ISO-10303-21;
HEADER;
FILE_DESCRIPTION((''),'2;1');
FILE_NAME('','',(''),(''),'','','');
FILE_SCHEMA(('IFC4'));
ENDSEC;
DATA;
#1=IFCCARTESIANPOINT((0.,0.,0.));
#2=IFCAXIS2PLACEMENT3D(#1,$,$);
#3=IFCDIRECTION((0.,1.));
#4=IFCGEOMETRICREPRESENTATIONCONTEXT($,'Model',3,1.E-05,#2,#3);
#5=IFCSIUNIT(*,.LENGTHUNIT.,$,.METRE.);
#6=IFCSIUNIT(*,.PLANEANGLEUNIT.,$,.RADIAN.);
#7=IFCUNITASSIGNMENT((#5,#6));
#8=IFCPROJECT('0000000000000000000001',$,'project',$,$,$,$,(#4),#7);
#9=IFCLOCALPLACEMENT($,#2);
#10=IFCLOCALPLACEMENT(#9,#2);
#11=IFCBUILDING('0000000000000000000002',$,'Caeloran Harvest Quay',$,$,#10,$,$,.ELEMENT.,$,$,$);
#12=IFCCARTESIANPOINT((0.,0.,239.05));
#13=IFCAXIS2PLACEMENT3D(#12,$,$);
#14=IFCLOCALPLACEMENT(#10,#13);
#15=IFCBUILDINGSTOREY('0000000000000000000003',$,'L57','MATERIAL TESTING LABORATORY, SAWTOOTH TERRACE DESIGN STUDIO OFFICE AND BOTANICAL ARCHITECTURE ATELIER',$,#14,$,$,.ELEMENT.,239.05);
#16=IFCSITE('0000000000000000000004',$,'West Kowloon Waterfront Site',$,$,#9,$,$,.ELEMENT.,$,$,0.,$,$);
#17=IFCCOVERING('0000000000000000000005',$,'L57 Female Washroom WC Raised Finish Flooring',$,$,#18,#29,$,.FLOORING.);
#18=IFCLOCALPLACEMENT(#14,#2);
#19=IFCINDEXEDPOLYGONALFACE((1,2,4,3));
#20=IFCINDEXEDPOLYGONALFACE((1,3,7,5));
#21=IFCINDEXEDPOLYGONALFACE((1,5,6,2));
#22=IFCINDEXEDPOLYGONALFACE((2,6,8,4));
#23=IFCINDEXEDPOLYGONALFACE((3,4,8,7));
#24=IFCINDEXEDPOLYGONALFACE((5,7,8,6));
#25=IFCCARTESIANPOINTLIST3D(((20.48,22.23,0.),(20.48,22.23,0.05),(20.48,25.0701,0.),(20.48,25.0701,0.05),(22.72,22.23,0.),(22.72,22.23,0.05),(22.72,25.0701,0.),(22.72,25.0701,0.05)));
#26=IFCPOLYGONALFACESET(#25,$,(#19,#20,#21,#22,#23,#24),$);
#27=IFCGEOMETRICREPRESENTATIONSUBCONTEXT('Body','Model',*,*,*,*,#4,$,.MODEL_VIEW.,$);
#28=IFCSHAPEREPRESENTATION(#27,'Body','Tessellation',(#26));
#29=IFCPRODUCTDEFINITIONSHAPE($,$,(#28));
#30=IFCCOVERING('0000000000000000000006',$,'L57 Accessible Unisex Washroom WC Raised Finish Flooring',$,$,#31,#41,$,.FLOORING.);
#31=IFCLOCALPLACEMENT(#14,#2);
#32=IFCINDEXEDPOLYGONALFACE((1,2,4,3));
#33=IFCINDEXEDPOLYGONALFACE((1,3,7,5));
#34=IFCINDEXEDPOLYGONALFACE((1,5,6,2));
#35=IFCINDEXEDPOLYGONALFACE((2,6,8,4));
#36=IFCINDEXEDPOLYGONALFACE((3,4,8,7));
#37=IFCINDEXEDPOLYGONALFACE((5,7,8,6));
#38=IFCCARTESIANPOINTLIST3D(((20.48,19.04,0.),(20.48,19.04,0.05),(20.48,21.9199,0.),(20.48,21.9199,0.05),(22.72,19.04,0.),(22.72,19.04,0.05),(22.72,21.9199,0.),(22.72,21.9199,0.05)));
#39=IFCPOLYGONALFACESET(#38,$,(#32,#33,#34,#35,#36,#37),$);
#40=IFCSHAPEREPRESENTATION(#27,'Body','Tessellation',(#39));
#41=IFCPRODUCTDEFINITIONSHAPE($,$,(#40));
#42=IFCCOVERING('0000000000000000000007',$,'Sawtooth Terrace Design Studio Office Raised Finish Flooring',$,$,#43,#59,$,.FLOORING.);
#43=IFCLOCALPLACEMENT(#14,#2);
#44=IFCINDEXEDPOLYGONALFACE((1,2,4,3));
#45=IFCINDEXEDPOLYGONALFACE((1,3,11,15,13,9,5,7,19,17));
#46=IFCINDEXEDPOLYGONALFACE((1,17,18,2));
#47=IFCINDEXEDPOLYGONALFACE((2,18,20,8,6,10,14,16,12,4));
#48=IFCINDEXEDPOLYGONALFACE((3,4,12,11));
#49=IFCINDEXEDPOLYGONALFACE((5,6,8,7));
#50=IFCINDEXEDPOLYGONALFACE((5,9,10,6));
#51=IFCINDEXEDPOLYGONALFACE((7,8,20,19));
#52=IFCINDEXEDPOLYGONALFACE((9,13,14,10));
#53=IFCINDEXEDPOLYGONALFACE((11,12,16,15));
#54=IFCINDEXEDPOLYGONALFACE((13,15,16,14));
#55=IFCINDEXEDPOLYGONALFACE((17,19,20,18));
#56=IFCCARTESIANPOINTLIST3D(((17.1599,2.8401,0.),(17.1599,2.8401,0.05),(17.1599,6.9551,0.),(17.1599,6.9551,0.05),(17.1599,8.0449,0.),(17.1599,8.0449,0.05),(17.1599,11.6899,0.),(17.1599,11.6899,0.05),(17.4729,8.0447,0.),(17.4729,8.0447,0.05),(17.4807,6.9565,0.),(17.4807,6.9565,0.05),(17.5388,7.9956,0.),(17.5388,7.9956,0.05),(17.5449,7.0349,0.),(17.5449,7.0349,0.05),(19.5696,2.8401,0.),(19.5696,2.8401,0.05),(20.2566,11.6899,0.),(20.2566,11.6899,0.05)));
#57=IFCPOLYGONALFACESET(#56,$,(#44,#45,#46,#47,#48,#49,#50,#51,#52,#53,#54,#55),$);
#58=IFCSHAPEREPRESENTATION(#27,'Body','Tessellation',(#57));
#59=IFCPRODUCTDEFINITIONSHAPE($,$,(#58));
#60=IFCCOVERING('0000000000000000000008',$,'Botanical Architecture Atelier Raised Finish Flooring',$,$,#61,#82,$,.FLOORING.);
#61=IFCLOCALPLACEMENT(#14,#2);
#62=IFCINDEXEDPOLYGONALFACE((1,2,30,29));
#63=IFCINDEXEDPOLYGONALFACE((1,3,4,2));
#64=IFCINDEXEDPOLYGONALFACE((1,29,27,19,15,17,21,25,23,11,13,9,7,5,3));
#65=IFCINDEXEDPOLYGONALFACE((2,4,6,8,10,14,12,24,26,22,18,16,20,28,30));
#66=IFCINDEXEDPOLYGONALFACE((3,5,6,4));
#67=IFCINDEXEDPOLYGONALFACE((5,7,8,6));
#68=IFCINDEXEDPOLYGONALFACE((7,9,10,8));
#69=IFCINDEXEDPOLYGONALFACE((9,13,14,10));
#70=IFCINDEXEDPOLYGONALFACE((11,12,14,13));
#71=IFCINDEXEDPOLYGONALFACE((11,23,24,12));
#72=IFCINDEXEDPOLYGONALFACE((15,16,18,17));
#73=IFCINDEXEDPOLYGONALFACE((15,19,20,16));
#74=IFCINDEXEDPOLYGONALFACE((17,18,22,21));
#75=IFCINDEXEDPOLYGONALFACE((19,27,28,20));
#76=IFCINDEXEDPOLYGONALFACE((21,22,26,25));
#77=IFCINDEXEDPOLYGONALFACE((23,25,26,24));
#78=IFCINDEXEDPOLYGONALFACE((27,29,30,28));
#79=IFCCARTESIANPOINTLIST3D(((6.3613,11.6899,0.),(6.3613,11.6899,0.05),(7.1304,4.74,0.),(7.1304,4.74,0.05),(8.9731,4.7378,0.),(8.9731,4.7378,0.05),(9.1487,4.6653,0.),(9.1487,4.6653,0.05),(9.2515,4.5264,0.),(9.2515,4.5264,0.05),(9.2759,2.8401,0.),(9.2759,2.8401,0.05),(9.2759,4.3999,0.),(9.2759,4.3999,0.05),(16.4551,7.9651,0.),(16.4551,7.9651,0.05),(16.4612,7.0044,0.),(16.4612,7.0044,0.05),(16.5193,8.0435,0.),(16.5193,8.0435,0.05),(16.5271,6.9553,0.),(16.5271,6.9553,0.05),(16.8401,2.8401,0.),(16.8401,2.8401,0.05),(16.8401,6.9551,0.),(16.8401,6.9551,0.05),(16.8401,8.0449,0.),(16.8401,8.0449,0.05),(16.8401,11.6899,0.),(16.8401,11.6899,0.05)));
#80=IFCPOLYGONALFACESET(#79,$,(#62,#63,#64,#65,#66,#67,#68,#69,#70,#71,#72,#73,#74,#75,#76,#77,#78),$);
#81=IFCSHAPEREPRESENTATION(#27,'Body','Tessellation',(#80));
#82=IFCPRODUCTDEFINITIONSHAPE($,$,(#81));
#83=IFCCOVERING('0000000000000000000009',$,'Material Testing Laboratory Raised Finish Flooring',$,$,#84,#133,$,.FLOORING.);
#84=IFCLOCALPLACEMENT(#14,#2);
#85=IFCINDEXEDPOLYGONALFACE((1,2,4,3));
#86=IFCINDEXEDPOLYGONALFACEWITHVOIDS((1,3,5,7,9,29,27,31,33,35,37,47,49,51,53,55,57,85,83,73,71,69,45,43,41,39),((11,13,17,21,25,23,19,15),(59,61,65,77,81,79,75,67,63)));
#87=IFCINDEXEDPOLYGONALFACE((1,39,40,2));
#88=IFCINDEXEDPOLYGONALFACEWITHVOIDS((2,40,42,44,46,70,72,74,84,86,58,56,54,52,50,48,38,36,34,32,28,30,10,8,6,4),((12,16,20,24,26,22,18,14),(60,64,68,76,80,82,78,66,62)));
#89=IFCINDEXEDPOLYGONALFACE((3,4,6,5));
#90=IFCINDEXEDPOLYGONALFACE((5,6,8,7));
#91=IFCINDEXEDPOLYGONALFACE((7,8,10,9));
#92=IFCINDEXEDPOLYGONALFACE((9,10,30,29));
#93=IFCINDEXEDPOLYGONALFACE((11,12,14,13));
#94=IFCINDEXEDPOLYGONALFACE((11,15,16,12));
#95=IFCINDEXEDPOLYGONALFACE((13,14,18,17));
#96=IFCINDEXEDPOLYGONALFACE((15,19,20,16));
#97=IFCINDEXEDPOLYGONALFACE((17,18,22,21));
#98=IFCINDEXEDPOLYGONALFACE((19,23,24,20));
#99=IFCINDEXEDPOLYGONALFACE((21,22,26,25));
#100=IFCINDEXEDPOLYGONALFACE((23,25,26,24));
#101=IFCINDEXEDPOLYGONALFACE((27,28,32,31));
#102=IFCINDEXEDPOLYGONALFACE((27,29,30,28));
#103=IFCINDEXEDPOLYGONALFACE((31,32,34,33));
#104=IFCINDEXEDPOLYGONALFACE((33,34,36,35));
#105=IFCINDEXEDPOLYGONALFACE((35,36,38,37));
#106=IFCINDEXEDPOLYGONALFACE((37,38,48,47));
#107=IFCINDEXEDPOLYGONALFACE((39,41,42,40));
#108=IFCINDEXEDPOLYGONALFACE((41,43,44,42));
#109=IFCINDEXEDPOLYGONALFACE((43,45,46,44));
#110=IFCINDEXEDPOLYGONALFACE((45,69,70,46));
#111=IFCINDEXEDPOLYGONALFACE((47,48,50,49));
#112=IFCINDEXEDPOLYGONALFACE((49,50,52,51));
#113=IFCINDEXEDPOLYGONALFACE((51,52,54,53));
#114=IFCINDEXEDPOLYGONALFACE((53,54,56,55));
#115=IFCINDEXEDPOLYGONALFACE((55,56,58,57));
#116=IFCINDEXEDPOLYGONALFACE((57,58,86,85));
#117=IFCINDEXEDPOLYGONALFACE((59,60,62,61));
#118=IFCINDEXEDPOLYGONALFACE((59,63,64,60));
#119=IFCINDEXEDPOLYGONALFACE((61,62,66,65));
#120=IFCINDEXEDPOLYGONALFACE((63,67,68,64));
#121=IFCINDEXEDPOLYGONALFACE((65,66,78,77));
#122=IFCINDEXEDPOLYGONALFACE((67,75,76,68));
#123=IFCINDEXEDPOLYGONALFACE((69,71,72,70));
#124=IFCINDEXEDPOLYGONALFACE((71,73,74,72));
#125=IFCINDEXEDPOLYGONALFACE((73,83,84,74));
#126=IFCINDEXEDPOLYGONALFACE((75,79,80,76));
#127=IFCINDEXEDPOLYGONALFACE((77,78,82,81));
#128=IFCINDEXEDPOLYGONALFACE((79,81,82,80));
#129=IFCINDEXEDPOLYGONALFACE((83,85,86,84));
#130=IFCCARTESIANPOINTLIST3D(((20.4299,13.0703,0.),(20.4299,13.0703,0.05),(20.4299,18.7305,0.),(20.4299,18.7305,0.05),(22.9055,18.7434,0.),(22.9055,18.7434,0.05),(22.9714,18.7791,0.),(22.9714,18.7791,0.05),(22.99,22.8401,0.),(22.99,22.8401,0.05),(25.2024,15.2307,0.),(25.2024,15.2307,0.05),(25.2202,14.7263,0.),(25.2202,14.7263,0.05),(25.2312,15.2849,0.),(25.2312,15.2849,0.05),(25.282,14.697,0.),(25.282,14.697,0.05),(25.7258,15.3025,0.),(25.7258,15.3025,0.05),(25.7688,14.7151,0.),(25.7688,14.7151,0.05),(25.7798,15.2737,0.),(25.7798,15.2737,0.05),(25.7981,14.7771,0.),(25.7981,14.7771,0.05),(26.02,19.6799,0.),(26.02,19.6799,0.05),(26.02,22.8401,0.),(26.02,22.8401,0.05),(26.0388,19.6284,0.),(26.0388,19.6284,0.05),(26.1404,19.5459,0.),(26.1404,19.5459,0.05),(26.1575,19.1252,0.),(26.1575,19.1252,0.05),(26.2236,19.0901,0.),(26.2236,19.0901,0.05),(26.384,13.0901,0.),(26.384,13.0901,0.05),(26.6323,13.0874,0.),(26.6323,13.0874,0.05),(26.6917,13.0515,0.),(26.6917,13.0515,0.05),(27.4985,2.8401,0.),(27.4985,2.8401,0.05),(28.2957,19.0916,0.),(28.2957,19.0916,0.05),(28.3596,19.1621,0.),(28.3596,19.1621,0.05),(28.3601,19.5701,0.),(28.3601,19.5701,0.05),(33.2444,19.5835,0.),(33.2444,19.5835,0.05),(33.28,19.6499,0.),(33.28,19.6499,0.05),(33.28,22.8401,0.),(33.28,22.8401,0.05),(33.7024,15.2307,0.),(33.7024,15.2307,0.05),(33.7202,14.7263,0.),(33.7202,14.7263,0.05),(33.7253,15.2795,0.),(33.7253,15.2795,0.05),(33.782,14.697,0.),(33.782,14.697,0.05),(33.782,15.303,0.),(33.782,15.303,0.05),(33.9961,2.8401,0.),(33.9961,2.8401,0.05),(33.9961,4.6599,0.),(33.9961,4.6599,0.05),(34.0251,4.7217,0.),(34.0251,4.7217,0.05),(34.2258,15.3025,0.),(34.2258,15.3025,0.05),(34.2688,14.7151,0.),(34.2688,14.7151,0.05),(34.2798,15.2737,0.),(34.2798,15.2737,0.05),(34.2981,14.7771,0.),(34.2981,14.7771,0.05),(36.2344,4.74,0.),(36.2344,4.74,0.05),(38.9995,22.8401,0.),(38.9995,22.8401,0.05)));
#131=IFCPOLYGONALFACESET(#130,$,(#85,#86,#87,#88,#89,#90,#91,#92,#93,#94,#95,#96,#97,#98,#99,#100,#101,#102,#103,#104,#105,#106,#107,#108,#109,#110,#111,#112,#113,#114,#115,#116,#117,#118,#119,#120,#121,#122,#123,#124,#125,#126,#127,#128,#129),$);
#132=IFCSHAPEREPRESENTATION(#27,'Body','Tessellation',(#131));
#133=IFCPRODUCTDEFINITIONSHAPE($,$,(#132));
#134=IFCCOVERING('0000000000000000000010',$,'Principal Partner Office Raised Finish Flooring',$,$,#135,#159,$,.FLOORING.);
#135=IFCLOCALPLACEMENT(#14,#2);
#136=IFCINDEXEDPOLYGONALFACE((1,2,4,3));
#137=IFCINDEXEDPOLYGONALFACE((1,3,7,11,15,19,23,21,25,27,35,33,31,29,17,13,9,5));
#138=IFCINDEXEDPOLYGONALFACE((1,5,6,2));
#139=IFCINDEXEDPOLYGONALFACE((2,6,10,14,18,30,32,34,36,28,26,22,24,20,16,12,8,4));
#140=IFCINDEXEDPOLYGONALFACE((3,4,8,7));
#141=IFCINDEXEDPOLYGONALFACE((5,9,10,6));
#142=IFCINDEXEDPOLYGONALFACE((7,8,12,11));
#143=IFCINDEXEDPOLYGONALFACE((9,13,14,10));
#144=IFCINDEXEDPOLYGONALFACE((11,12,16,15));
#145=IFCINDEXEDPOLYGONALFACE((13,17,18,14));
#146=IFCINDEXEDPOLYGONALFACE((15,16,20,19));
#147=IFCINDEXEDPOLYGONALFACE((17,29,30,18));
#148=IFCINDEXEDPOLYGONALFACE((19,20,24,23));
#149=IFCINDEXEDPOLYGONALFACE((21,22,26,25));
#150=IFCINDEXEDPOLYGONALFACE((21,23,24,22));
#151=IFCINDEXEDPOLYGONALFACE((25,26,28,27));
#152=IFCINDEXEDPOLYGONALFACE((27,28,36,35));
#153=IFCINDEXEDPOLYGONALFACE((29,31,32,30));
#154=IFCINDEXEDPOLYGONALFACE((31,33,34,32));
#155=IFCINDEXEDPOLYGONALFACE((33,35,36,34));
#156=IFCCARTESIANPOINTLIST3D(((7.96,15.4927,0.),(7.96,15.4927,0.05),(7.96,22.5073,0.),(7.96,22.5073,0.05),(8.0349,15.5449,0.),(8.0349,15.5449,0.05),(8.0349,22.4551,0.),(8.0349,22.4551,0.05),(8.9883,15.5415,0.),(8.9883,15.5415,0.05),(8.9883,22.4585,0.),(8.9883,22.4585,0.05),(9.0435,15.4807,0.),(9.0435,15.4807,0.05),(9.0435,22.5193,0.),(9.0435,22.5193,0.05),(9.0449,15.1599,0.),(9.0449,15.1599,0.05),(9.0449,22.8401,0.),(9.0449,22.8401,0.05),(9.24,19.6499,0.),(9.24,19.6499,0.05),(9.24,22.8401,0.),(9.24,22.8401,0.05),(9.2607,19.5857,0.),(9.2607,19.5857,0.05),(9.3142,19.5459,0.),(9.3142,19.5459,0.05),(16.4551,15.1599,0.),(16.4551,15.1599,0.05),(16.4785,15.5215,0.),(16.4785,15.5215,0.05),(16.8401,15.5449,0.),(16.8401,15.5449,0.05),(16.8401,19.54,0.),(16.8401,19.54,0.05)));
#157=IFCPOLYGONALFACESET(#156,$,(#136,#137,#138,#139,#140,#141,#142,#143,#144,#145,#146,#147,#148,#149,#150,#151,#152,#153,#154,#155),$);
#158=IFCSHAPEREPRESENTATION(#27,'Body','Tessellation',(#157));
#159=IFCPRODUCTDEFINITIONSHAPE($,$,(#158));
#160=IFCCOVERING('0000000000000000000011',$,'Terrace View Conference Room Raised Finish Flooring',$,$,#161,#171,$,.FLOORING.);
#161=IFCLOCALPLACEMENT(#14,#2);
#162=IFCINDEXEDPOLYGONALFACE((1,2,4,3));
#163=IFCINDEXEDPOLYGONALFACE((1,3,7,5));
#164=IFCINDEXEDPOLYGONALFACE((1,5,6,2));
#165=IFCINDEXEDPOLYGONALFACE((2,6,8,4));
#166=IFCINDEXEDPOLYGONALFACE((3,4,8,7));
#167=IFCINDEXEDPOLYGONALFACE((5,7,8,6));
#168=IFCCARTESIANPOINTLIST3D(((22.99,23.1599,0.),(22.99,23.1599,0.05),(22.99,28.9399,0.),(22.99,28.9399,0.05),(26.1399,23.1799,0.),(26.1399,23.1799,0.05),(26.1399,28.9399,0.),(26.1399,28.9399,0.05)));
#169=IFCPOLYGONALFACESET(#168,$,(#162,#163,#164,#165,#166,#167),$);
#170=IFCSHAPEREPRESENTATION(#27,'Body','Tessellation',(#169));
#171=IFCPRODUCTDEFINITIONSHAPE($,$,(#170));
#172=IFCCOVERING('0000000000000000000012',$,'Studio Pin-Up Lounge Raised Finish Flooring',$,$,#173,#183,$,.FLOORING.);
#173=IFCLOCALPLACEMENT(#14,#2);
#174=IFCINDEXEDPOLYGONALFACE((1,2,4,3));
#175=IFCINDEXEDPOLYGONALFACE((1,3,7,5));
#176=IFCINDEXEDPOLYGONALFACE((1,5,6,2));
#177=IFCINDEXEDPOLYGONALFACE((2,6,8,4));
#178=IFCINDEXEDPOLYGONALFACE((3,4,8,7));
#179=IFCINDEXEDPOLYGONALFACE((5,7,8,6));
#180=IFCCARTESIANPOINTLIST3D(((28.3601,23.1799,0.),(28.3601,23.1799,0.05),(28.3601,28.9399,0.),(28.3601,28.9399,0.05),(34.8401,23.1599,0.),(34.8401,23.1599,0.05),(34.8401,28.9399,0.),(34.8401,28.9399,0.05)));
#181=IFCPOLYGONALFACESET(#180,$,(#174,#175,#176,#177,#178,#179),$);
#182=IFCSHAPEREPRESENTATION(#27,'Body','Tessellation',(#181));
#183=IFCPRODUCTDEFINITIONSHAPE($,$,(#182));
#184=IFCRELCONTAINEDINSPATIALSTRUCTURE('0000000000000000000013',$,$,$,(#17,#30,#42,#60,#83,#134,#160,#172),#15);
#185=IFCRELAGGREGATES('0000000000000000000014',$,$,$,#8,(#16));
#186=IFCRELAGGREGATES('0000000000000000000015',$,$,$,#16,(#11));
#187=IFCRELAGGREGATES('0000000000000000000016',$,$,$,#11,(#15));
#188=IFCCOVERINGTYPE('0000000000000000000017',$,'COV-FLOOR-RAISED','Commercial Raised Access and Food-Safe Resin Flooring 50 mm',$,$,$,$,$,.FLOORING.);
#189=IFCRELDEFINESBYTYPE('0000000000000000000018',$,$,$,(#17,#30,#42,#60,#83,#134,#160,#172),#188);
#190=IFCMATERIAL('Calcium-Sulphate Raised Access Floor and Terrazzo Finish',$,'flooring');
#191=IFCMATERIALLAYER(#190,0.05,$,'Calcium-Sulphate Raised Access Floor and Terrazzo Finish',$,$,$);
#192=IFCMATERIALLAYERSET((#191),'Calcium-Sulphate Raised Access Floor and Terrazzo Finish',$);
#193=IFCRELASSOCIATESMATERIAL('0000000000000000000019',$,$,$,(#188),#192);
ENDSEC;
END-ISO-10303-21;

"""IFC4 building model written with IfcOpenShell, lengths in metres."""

from ifc_helpers import new_model, si_unit, direction, frame, origin, place, context, subcontext, project, spatial, polyline, outline, extrude, material, layer, layer_set, type_object, element, save


model = new_model("IFC4")

# Units and contexts
model_context = context("Model", 3, precision=1e-05, world=origin(), true_north=direction((0.0, 1.0)))
body_context = subcontext(model_context, "Body", "Model", "MODEL_VIEW")
ifc_project = project(units=[si_unit("LENGTHUNIT", "METRE"), si_unit("PLANEANGLEUNIT", "RADIAN")], contexts=[model_context])

# Site, building, storey
site_placement = place(None, origin())
site = spatial("IfcSite", under=ifc_project, at=site_placement, Name="West Kowloon Waterfront Site", CompositionType="ELEMENT", RefElevation=0.0)
building_placement = place(site_placement, origin())
building = spatial("IfcBuilding", under=site, at=building_placement, Name="Caeloran Harvest Quay", CompositionType="ELEMENT")
storey_placement = place(building_placement, frame((0.0, 0.0, 239.05)))
storey = spatial("IfcBuildingStorey", under=building, at=storey_placement, Name="L57", Description="MATERIAL TESTING LABORATORY, SAWTOOTH TERRACE DESIGN STUDIO OFFICE AND BOTANICAL ARCHITECTURE ATELIER", CompositionType="ELEMENT", Elevation=239.05)

# Coverings
ifc_material_1 = material(Name="Calcium-Sulphate Raised Access Floor and Terrazzo Finish", Category="flooring")
ifc_layer_1 = layer(ifc_material_1, 0.05, Name="Calcium-Sulphate Raised Access Floor and Terrazzo Finish")
ifc_layer_set_1 = layer_set([ifc_layer_1], Name="Calcium-Sulphate Raised Access Floor and Terrazzo Finish")
covering_type_1 = type_object("IfcCoveringType", Name="COV-FLOOR-RAISED", Description="Commercial Raised Access and Food-Safe Resin Flooring 50 mm", PredefinedType="FLOORING", material=ifc_layer_set_1)
covering_1_placement = place(storey_placement, origin())
element("IfcCovering", 1, at=covering_1_placement, inside=storey, type_object=covering_type_1, Name="L57 Female Washroom WC Raised Finish Flooring", PredefinedType="FLOORING", context=body_context, shape_type="SweptSolid", body=[
    extrude(outline(polyline([(22.72, 25.0701), (22.72, 22.23), (20.48, 22.23), (20.48, 25.0701), (22.72, 25.0701)])), origin(), (0.0, 0.0, 1.0), 0.05),
])
covering_2_placement = place(storey_placement, origin())
element("IfcCovering", 2, at=covering_2_placement, inside=storey, type_object=covering_type_1, Name="L57 Accessible Unisex Washroom WC Raised Finish Flooring", PredefinedType="FLOORING", context=body_context, shape_type="SweptSolid", body=[
    extrude(outline(polyline([(22.72, 21.9199), (22.72, 19.04), (20.48, 19.04), (20.48, 21.9199), (22.72, 21.9199)])), origin(), (0.0, 0.0, 1.0), 0.05),
])
covering_3_placement = place(storey_placement, origin())
element("IfcCovering", 3, at=covering_3_placement, inside=storey, type_object=covering_type_1, Name="Sawtooth Terrace Design Studio Office Raised Finish Flooring", PredefinedType="FLOORING", context=body_context, shape_type="SweptSolid", body=[
    extrude(outline(polyline([(17.1599, 2.8401), (17.1599, 6.9551), (17.4807, 6.9565), (17.5449, 7.0349), (17.5388, 7.9956), (17.4729, 8.0447), (17.1599, 8.0449), (17.1599, 11.6899), (20.2566, 11.6899), (19.5696, 2.8401), (17.1599, 2.8401)])), origin(), (0.0, 0.0, 1.0), 0.05),
])
covering_4_placement = place(storey_placement, origin())
element("IfcCovering", 4, at=covering_4_placement, inside=storey, type_object=covering_type_1, Name="Botanical Architecture Atelier Raised Finish Flooring", PredefinedType="FLOORING", context=body_context, shape_type="SweptSolid", body=[
    extrude(outline(polyline([(9.2515, 4.5264), (9.1487, 4.6653), (8.9731, 4.7378), (7.1304, 4.74), (6.3613, 11.6899), (16.8401, 11.6899), (16.8401, 8.0449), (16.5193, 8.0435), (16.4551, 7.9651), (16.4612, 7.0044), (16.5271, 6.9553), (16.8401, 6.9551), (16.8401, 2.8401), (9.2759, 2.8401), (9.2759, 4.3999), (9.2515, 4.5264)])), origin(), (0.0, 0.0, 1.0), 0.05),
])
covering_5_placement = place(storey_placement, origin())
element("IfcCovering", 5, at=covering_5_placement, inside=storey, type_object=covering_type_1, Name="Material Testing Laboratory Raised Finish Flooring", PredefinedType="FLOORING", context=body_context, shape_type="SweptSolid", body=[
    extrude(outline(polyline([(28.3601, 19.5701), (33.2444, 19.5835), (33.28, 19.6499), (33.28, 22.8401), (38.9995, 22.8401), (36.2344, 4.74), (34.0251, 4.7217), (33.9961, 4.6599), (33.9961, 2.8401), (27.4985, 2.8401), (26.6917, 13.0515), (26.6323, 13.0874), (26.384, 13.0901), (20.4299, 13.0703), (20.4299, 18.7305), (22.9055, 18.7434), (22.9714, 18.7791), (22.99, 22.8401), (26.02, 22.8401), (26.02, 19.6799), (26.0388, 19.6284), (26.1404, 19.5459), (26.1575, 19.1252), (26.2236, 19.0901), (28.2957, 19.0916), (28.3596, 19.1621), (28.3601, 19.5701)]), holes=[polyline([(33.782, 15.303), (33.7253, 15.2795), (33.7024, 15.2307), (33.7202, 14.7263), (33.782, 14.697), (34.2688, 14.7151), (34.2981, 14.7771), (34.2798, 15.2737), (34.2258, 15.3025), (33.782, 15.303)]), polyline([(25.7258, 15.3025), (25.2312, 15.2849), (25.2024, 15.2307), (25.2202, 14.7263), (25.282, 14.697), (25.7688, 14.7151), (25.7981, 14.7771), (25.7798, 15.2737), (25.7258, 15.3025)])]), origin(), (0.0, 0.0, 1.0), 0.05),
])
covering_6_placement = place(storey_placement, origin())
element("IfcCovering", 6, at=covering_6_placement, inside=storey, type_object=covering_type_1, Name="Principal Partner Office Raised Finish Flooring", PredefinedType="FLOORING", context=body_context, shape_type="SweptSolid", body=[
    extrude(outline(polyline([(7.96, 15.4927), (7.96, 22.5073), (8.0349, 22.4551), (8.9883, 22.4585), (9.0435, 22.5193), (9.0449, 22.8401), (9.24, 22.8401), (9.24, 19.6499), (9.2607, 19.5857), (9.3142, 19.5459), (16.8401, 19.54), (16.8401, 15.5449), (16.4785, 15.5215), (16.4551, 15.1599), (9.0449, 15.1599), (9.0435, 15.4807), (8.9883, 15.5415), (8.0349, 15.5449), (7.96, 15.4927)])), origin(), (0.0, 0.0, 1.0), 0.05),
])
covering_7_placement = place(storey_placement, origin())
element("IfcCovering", 7, at=covering_7_placement, inside=storey, type_object=covering_type_1, Name="Terrace View Conference Room Raised Finish Flooring", PredefinedType="FLOORING", context=body_context, shape_type="SweptSolid", body=[
    extrude(outline(polyline([(26.1399, 23.1799), (22.99, 23.1599), (22.99, 28.9399), (26.1399, 28.9399), (26.1399, 23.1799)])), origin(), (0.0, 0.0, 1.0), 0.05),
])
covering_8_placement = place(storey_placement, origin())
element("IfcCovering", 8, at=covering_8_placement, inside=storey, type_object=covering_type_1, Name="Studio Pin-Up Lounge Raised Finish Flooring", PredefinedType="FLOORING", context=body_context, shape_type="SweptSolid", body=[
    extrude(outline(polyline([(34.8401, 23.1599), (28.3601, 23.1799), (28.3601, 28.9399), (34.8401, 28.9399), (34.8401, 23.1599)])), origin(), (0.0, 0.0, 1.0), 0.05),
])

save(model, "model.ifc")
